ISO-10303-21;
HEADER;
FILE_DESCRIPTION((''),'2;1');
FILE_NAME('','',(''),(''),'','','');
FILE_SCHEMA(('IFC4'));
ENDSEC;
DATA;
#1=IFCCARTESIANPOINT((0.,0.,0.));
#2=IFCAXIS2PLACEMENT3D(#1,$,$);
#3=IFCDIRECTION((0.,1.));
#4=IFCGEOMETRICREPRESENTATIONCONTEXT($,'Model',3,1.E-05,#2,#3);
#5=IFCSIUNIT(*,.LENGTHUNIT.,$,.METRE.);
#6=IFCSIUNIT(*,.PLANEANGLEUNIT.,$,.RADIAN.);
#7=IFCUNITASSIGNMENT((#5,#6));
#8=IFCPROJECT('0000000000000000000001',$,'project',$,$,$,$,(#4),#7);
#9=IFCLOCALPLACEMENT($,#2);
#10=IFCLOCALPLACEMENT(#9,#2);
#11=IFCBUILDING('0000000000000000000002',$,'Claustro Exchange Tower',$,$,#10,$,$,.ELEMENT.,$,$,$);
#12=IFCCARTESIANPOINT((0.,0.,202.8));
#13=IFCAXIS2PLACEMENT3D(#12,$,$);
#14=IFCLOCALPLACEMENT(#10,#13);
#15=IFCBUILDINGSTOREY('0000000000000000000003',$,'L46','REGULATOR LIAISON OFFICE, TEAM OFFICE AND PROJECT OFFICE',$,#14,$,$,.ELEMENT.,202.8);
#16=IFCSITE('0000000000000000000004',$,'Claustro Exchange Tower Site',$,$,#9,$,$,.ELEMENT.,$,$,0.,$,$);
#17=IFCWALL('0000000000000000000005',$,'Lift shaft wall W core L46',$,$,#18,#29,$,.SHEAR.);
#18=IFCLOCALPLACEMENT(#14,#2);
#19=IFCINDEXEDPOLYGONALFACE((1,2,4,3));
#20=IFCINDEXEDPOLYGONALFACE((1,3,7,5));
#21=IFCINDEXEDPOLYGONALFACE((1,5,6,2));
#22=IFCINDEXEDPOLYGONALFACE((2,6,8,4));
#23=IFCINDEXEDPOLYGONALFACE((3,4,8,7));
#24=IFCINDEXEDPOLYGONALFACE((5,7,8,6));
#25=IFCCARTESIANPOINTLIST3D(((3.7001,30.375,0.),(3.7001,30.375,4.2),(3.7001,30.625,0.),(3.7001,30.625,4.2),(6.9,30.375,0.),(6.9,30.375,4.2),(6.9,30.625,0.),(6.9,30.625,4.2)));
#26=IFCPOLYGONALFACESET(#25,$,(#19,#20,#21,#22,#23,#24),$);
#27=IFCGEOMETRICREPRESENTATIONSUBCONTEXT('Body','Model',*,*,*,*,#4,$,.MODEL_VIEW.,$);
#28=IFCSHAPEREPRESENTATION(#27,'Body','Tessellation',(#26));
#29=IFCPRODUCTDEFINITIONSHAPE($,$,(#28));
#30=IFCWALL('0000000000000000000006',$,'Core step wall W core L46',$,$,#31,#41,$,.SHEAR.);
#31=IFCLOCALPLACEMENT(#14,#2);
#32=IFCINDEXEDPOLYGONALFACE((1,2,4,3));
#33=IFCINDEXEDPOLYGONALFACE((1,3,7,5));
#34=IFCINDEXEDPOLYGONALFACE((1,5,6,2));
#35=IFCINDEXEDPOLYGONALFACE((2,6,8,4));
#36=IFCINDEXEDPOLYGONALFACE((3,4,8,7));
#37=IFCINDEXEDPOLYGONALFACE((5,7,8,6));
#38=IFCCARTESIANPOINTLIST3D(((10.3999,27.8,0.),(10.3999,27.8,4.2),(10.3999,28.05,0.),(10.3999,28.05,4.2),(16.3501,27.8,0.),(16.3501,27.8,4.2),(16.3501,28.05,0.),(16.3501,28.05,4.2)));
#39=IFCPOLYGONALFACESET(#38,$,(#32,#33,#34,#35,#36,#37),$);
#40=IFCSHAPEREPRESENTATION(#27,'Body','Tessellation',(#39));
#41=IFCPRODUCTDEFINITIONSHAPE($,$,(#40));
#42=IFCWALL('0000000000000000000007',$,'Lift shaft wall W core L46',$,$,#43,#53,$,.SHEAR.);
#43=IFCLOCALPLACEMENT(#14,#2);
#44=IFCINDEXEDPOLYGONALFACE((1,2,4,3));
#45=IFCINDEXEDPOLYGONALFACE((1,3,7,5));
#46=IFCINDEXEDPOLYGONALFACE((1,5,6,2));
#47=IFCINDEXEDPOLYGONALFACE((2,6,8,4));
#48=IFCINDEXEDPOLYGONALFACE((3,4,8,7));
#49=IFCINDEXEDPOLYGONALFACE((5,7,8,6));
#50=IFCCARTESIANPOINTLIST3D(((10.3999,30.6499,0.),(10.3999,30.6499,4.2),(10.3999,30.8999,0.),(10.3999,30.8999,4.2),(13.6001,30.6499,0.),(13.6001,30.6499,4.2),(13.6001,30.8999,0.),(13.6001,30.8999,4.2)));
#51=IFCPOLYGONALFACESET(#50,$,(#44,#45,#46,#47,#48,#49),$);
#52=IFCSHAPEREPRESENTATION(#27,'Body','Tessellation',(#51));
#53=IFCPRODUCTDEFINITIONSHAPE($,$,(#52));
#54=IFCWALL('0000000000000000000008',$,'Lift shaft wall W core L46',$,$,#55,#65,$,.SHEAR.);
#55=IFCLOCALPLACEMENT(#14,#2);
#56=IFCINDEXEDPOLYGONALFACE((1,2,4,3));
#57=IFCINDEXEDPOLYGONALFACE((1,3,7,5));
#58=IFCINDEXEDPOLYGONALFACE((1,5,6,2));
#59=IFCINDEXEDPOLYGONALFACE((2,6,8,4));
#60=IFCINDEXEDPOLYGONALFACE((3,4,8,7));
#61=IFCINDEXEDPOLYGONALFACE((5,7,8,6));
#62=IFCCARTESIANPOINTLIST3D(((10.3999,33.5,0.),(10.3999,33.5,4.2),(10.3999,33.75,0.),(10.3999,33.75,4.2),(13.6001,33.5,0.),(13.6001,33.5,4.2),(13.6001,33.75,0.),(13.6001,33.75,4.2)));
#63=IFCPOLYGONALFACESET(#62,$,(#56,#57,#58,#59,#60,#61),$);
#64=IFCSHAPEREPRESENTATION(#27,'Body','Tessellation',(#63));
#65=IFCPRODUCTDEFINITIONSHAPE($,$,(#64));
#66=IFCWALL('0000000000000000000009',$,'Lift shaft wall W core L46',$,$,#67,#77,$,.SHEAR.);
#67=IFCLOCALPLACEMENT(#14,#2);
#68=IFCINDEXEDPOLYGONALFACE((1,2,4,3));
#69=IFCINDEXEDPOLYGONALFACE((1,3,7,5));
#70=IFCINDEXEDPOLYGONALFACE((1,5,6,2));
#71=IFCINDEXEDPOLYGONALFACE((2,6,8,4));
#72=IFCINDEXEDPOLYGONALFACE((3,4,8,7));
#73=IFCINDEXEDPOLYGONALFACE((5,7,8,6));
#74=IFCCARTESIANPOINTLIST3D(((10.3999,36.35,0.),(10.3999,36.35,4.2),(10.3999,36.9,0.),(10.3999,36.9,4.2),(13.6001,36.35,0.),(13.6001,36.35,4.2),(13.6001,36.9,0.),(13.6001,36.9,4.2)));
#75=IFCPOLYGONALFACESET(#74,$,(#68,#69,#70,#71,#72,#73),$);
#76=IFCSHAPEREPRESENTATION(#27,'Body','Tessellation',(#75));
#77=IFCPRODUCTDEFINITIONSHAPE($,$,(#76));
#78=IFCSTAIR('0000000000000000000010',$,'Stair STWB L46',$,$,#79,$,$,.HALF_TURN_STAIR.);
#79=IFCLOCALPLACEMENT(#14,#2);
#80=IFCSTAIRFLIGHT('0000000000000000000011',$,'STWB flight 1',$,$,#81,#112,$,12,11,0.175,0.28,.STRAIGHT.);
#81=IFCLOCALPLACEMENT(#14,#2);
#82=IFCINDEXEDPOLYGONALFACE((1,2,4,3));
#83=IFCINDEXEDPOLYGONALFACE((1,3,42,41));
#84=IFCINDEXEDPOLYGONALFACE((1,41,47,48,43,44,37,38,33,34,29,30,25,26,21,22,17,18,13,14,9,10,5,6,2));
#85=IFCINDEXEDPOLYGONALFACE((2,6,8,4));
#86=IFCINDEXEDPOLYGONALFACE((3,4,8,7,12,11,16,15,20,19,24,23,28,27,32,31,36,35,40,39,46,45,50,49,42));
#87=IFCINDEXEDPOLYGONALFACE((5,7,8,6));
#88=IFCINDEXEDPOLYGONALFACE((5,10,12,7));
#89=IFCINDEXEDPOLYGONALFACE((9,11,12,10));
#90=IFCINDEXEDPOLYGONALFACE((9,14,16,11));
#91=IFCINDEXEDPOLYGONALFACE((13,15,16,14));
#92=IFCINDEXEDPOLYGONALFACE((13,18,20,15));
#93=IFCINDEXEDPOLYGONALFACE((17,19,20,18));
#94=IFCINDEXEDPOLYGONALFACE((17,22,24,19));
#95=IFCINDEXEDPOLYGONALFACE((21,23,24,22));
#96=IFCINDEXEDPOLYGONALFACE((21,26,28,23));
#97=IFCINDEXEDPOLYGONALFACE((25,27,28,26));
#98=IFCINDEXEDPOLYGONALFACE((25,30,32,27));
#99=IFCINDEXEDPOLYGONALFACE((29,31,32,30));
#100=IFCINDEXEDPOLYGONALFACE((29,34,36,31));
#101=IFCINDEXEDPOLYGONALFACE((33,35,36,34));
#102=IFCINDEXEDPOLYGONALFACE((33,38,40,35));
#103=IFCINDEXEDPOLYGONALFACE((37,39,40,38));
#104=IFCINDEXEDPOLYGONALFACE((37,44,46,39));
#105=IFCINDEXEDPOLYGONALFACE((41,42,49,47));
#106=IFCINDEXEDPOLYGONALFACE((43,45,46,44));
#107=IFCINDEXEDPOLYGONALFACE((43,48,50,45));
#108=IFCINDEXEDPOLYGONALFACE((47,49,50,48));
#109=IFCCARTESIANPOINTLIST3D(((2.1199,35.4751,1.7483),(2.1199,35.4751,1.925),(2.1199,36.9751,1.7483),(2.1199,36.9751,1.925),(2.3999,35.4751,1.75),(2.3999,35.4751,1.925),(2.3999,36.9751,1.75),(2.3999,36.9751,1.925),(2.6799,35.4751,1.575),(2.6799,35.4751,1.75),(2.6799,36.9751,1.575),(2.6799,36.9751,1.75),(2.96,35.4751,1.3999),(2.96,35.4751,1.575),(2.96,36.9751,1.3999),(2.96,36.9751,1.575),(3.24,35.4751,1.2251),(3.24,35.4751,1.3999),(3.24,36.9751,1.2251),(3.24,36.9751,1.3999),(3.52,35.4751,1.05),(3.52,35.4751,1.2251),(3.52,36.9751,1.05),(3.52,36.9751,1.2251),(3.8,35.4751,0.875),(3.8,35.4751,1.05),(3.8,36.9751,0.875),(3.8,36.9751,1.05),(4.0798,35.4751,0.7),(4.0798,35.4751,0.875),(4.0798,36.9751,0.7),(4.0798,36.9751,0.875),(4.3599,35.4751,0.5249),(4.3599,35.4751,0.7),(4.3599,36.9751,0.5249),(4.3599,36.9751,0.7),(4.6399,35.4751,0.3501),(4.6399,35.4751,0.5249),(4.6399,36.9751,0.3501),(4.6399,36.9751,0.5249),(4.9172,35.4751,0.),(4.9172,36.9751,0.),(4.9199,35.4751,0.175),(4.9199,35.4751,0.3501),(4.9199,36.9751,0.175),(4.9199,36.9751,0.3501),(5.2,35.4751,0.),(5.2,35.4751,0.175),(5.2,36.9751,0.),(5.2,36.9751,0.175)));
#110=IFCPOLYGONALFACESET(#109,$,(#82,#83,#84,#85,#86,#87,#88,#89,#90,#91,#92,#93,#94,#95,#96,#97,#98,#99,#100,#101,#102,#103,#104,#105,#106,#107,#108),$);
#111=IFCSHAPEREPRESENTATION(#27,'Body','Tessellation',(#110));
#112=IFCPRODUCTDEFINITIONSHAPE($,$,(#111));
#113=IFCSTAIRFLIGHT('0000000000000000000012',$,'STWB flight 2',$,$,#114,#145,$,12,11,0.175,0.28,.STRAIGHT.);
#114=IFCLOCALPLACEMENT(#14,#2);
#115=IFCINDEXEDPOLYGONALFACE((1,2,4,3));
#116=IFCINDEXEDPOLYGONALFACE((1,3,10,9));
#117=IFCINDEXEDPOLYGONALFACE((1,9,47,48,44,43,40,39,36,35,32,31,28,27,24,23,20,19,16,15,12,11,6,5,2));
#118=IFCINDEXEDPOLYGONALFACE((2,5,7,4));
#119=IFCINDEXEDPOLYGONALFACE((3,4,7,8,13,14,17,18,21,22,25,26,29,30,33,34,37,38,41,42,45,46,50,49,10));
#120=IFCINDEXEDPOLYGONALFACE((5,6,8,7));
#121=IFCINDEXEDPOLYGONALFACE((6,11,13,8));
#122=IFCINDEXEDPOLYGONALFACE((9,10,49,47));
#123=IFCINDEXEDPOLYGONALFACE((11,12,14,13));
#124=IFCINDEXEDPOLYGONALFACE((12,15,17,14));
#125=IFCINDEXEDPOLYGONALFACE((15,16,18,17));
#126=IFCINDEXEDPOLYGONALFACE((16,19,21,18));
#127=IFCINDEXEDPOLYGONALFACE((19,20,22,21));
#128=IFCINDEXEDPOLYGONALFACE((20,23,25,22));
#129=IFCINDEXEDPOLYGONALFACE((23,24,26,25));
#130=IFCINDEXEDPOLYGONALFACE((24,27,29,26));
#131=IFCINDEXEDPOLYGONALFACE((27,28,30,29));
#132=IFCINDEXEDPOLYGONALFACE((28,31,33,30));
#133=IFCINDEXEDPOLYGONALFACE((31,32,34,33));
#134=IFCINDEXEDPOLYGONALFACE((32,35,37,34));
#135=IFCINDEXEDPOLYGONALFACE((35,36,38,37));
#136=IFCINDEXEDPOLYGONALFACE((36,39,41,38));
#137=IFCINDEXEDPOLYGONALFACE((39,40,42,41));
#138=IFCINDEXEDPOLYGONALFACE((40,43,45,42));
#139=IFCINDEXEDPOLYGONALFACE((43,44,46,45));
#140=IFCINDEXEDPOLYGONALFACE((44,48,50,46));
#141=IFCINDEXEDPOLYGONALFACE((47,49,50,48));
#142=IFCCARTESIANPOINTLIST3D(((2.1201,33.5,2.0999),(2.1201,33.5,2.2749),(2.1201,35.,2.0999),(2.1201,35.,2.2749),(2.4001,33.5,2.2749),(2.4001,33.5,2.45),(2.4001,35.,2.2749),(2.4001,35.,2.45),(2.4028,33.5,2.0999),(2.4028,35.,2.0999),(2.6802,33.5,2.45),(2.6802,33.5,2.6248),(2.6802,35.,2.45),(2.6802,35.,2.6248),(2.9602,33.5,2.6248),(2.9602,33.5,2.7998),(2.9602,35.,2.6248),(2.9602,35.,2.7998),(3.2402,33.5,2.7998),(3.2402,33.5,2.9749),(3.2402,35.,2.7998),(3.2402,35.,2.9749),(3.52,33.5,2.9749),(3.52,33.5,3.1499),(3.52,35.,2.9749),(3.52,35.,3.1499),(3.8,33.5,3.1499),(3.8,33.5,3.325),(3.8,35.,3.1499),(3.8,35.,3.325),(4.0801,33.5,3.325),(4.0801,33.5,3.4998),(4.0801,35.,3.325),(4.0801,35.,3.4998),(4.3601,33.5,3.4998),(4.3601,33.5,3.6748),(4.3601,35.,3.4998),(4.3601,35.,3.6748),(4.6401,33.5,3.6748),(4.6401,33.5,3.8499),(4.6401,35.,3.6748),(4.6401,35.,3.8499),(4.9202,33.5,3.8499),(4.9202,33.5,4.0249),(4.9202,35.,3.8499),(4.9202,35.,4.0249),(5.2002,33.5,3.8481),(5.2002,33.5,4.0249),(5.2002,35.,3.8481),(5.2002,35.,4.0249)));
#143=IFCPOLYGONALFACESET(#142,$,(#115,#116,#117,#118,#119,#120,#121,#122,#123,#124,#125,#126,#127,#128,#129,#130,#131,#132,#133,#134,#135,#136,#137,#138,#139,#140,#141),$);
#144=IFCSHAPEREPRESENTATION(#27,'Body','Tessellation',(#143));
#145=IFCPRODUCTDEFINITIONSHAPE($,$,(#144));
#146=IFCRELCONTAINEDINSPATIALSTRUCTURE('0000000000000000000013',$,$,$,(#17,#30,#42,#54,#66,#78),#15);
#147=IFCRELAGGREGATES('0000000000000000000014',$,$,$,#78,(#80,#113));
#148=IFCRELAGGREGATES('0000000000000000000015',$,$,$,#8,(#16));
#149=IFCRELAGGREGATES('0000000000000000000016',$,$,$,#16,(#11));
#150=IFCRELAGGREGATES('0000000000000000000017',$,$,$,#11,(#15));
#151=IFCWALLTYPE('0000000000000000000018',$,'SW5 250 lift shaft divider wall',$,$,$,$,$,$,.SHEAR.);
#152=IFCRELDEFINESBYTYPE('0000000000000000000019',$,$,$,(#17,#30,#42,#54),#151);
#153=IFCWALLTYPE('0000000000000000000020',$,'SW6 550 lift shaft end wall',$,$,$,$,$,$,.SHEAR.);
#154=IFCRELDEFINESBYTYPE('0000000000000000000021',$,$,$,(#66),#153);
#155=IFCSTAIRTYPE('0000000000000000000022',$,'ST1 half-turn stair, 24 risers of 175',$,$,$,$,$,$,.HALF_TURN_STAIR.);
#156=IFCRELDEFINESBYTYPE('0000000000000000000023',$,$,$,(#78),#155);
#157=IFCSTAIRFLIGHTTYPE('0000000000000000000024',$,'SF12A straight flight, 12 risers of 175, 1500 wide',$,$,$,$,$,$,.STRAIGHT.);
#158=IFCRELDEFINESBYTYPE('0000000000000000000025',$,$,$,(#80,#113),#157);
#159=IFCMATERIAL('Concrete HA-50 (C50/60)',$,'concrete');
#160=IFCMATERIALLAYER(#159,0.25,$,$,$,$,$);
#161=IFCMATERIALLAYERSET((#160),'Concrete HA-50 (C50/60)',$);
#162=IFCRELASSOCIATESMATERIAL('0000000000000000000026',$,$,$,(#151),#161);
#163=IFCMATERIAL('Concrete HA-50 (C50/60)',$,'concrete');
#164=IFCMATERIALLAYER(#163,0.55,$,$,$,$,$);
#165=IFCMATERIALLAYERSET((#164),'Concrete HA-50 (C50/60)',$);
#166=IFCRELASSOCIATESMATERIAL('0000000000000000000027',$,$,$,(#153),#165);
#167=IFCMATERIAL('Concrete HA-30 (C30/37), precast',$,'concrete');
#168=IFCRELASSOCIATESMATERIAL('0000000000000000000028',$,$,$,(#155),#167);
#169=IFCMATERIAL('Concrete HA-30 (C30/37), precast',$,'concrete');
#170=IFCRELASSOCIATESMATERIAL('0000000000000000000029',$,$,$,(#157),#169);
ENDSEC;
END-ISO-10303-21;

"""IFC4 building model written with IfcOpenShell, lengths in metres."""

from ifc_helpers import new_model, si_unit, direction, frame, frame_2d, origin, place, context, subcontext, project, spatial, polyline, rectangle, outline, extrude, material, layer, layer_set, type_object, element, aggregate, save


model = new_model("IFC4")

# Units and contexts
model_context = context("Model", 3, precision=1e-05, world=origin(), true_north=direction((0.0, 1.0)))
body_context = subcontext(model_context, "Body", "Model", "MODEL_VIEW")
ifc_project = project(units=[si_unit("LENGTHUNIT", "METRE"), si_unit("PLANEANGLEUNIT", "RADIAN")], contexts=[model_context])

# Site, building, storey
site_placement = place(None, origin())
site = spatial("IfcSite", under=ifc_project, at=site_placement, Name="Claustro Exchange Tower Site", CompositionType="ELEMENT", RefElevation=0.0)
building_placement = place(site_placement, origin())
building = spatial("IfcBuilding", under=site, at=building_placement, Name="Claustro Exchange Tower", CompositionType="ELEMENT")
storey_placement = place(building_placement, frame((0.0, 0.0, 202.8)))
storey = spatial("IfcBuildingStorey", under=building, at=storey_placement, Name="L46", Description="REGULATOR LIAISON OFFICE, TEAM OFFICE AND PROJECT OFFICE", CompositionType="ELEMENT", Elevation=202.8)

# Walls
ifc_material_1 = material(Name="Concrete HA-50 (C50/60)", Category="concrete")
ifc_layer_1 = layer(ifc_material_1, 0.25)
ifc_layer_set_1 = layer_set([ifc_layer_1], Name="Concrete HA-50 (C50/60)")
wall_type_1 = type_object("IfcWallType", Name="SW5 250 lift shaft divider wall", PredefinedType="SHEAR", material=ifc_layer_set_1)
wall_1_placement = place(storey_placement, frame((3.7, 30.5, 0.0), z_axis=(0.0, 0.0, 1.0), x_axis=(1.0, 0.0, 0.0)))
element("IfcWall", 1, at=wall_1_placement, inside=storey, type_object=wall_type_1, Name="Lift shaft wall W core L46", PredefinedType="SHEAR", context=body_context, shape_type="SweptSolid", body=[
    extrude(rectangle(XDim=3.2, YDim=0.25, at=frame_2d((1.6001, 0.0))), origin(), (0.0, 0.0, 1.0), 4.2),
])
wall_2_placement = place(storey_placement, frame((10.3999, 27.925, 0.0), z_axis=(0.0, 0.0, 1.0), x_axis=(1.0, 0.0, 0.0)))
element("IfcWall", 2, at=wall_2_placement, inside=storey, type_object=wall_type_1, Name="Core step wall W core L46", PredefinedType="SHEAR", context=body_context, shape_type="SweptSolid", body=[
    extrude(rectangle(XDim=5.9502, YDim=0.25, at=frame_2d((2.9751, 0.0))), origin(), (0.0, 0.0, 1.0), 4.2),
])
for number, where, z_axis, x_axis, name in (
    (3, (10.3999, 30.7749, 0.0), (0.0, 0.0, 1.0), (1.0, 0.0, 0.0), "Lift shaft wall W core L46"),
    (4, (10.3999, 33.625, 0.0), (0.0, 0.0, 1.0), (1.0, 0.0, 0.0), "Lift shaft wall W core L46"),
):
    element("IfcWall", number, at=place(storey_placement, frame(where, z_axis=z_axis, x_axis=x_axis)), inside=storey, type_object=wall_type_1, Name=name, PredefinedType="SHEAR", context=body_context, shape_type="SweptSolid", body=[
        extrude(rectangle(XDim=3.2002, YDim=0.25, at=frame_2d((1.6001, 0.0))), origin(), (0.0, 0.0, 1.0), 4.2),
    ])
ifc_material_2 = material(Name="Concrete HA-50 (C50/60)", Category="concrete")
ifc_layer_2 = layer(ifc_material_2, 0.55)
ifc_layer_set_2 = layer_set([ifc_layer_2], Name="Concrete HA-50 (C50/60)")
wall_type_2 = type_object("IfcWallType", Name="SW6 550 lift shaft end wall", PredefinedType="SHEAR", material=ifc_layer_set_2)
wall_3_placement = place(storey_placement, frame((10.3999, 36.625, 0.0), z_axis=(0.0, 0.0, 1.0), x_axis=(1.0, 0.0, 0.0)))
element("IfcWall", 5, at=wall_3_placement, inside=storey, type_object=wall_type_2, Name="Lift shaft wall W core L46", PredefinedType="SHEAR", context=body_context, shape_type="SweptSolid", body=[
    extrude(rectangle(XDim=3.2002, YDim=0.55, at=frame_2d((1.6001, 0.0))), origin(), (0.0, 0.0, 1.0), 4.2),
])

# Stair, stair flights
ifc_material_3 = material(Name="Concrete HA-30 (C30/37), precast", Category="concrete")
stair_type = type_object("IfcStairType", Name="ST1 half-turn stair, 24 risers of 175", PredefinedType="HALF_TURN_STAIR", material=ifc_material_3)
stair_placement = place(storey_placement, origin())
stair = element("IfcStair", 6, at=stair_placement, inside=storey, type_object=stair_type, Name="Stair STWB L46", PredefinedType="HALF_TURN_STAIR")
ifc_material_4 = material(Name="Concrete HA-30 (C30/37), precast", Category="concrete")
stair_flight_type = type_object("IfcStairFlightType", Name="SF12A straight flight, 12 risers of 175, 1500 wide", PredefinedType="STRAIGHT", material=ifc_material_4)
stair_flight_1_placement = place(storey_placement, frame((5.2, 36.2251, 0.0), z_axis=(0.0, 0.0, 1.0), x_axis=(-1.0, 0.0, 0.0)))
stair_flight_1 = element("IfcStairFlight", 7, at=stair_flight_1_placement, type_object=stair_flight_type, Name="STWB flight 1", NumberOfRisers=12, NumberOfTreads=11, PredefinedType="STRAIGHT", RiserHeight=0.175, TreadLength=0.28, context=body_context, shape_type="SweptSolid", body=[
    extrude(outline(polyline([(0.0, 0.0), (0.0, 0.175), (0.28, 0.175), (0.28, 0.3501), (0.5601, 0.3501), (0.5601, 0.5249), (0.8401, 0.5249), (0.8401, 0.7), (1.1201, 0.7), (1.1201, 0.875), (1.3999, 0.875), (1.3999, 1.05), (1.6799, 1.05), (1.6799, 1.2251), (1.96, 1.2251), (1.96, 1.3999), (2.24, 1.3999), (2.24, 1.575), (2.52, 1.575), (2.52, 1.75), (2.8, 1.75), (2.8, 1.925), (3.0801, 1.925), (3.0801, 2.1001), (3.0801, 1.7483), (0.2827, 0.0), (0.0, 0.0)])), frame((0.0, 0.75, 0.0), z_axis=(0.0, -1.0, 0.0), x_axis=(1.0, 0.0, 0.0)), (0.0, 0.0, 1.0), 1.5),
])
stair_flight_2_placement = place(storey_placement, frame((2.1201, 34.25, 2.0999), z_axis=(0.0, 0.0, 1.0), x_axis=(1.0, 0.0, 0.0)))
stair_flight_2 = element("IfcStairFlight", 8, at=stair_flight_2_placement, type_object=stair_flight_type, Name="STWB flight 2", NumberOfRisers=12, NumberOfTreads=11, PredefinedType="STRAIGHT", RiserHeight=0.175, TreadLength=0.28, context=body_context, shape_type="SweptSolid", body=[
    extrude(outline(polyline([(0.0, 0.0), (0.0, 0.175), (0.28, 0.175), (0.28, 0.3501), (0.5601, 0.3501), (0.5601, 0.5249), (0.8401, 0.5249), (0.8401, 0.7), (1.1201, 0.7), (1.1201, 0.875), (1.3999, 0.875), (1.3999, 1.05), (1.6799, 1.05), (1.6799, 1.2251), (1.96, 1.2251), (1.96, 1.3999), (2.24, 1.3999), (2.24, 1.575), (2.52, 1.575), (2.52, 1.75), (2.8, 1.75), (2.8, 1.925), (3.0801, 1.925), (3.0801, 2.1001), (3.0801, 1.7483), (0.2827, 0.0), (0.0, 0.0)])), frame((0.0, 0.75, 0.0), z_axis=(0.0, -1.0, 0.0), x_axis=(1.0, 0.0, 0.0)), (0.0, 0.0, 1.0), 1.5),
])
aggregate(stair, [stair_flight_1, stair_flight_2])

save(model, "model.ifc")
